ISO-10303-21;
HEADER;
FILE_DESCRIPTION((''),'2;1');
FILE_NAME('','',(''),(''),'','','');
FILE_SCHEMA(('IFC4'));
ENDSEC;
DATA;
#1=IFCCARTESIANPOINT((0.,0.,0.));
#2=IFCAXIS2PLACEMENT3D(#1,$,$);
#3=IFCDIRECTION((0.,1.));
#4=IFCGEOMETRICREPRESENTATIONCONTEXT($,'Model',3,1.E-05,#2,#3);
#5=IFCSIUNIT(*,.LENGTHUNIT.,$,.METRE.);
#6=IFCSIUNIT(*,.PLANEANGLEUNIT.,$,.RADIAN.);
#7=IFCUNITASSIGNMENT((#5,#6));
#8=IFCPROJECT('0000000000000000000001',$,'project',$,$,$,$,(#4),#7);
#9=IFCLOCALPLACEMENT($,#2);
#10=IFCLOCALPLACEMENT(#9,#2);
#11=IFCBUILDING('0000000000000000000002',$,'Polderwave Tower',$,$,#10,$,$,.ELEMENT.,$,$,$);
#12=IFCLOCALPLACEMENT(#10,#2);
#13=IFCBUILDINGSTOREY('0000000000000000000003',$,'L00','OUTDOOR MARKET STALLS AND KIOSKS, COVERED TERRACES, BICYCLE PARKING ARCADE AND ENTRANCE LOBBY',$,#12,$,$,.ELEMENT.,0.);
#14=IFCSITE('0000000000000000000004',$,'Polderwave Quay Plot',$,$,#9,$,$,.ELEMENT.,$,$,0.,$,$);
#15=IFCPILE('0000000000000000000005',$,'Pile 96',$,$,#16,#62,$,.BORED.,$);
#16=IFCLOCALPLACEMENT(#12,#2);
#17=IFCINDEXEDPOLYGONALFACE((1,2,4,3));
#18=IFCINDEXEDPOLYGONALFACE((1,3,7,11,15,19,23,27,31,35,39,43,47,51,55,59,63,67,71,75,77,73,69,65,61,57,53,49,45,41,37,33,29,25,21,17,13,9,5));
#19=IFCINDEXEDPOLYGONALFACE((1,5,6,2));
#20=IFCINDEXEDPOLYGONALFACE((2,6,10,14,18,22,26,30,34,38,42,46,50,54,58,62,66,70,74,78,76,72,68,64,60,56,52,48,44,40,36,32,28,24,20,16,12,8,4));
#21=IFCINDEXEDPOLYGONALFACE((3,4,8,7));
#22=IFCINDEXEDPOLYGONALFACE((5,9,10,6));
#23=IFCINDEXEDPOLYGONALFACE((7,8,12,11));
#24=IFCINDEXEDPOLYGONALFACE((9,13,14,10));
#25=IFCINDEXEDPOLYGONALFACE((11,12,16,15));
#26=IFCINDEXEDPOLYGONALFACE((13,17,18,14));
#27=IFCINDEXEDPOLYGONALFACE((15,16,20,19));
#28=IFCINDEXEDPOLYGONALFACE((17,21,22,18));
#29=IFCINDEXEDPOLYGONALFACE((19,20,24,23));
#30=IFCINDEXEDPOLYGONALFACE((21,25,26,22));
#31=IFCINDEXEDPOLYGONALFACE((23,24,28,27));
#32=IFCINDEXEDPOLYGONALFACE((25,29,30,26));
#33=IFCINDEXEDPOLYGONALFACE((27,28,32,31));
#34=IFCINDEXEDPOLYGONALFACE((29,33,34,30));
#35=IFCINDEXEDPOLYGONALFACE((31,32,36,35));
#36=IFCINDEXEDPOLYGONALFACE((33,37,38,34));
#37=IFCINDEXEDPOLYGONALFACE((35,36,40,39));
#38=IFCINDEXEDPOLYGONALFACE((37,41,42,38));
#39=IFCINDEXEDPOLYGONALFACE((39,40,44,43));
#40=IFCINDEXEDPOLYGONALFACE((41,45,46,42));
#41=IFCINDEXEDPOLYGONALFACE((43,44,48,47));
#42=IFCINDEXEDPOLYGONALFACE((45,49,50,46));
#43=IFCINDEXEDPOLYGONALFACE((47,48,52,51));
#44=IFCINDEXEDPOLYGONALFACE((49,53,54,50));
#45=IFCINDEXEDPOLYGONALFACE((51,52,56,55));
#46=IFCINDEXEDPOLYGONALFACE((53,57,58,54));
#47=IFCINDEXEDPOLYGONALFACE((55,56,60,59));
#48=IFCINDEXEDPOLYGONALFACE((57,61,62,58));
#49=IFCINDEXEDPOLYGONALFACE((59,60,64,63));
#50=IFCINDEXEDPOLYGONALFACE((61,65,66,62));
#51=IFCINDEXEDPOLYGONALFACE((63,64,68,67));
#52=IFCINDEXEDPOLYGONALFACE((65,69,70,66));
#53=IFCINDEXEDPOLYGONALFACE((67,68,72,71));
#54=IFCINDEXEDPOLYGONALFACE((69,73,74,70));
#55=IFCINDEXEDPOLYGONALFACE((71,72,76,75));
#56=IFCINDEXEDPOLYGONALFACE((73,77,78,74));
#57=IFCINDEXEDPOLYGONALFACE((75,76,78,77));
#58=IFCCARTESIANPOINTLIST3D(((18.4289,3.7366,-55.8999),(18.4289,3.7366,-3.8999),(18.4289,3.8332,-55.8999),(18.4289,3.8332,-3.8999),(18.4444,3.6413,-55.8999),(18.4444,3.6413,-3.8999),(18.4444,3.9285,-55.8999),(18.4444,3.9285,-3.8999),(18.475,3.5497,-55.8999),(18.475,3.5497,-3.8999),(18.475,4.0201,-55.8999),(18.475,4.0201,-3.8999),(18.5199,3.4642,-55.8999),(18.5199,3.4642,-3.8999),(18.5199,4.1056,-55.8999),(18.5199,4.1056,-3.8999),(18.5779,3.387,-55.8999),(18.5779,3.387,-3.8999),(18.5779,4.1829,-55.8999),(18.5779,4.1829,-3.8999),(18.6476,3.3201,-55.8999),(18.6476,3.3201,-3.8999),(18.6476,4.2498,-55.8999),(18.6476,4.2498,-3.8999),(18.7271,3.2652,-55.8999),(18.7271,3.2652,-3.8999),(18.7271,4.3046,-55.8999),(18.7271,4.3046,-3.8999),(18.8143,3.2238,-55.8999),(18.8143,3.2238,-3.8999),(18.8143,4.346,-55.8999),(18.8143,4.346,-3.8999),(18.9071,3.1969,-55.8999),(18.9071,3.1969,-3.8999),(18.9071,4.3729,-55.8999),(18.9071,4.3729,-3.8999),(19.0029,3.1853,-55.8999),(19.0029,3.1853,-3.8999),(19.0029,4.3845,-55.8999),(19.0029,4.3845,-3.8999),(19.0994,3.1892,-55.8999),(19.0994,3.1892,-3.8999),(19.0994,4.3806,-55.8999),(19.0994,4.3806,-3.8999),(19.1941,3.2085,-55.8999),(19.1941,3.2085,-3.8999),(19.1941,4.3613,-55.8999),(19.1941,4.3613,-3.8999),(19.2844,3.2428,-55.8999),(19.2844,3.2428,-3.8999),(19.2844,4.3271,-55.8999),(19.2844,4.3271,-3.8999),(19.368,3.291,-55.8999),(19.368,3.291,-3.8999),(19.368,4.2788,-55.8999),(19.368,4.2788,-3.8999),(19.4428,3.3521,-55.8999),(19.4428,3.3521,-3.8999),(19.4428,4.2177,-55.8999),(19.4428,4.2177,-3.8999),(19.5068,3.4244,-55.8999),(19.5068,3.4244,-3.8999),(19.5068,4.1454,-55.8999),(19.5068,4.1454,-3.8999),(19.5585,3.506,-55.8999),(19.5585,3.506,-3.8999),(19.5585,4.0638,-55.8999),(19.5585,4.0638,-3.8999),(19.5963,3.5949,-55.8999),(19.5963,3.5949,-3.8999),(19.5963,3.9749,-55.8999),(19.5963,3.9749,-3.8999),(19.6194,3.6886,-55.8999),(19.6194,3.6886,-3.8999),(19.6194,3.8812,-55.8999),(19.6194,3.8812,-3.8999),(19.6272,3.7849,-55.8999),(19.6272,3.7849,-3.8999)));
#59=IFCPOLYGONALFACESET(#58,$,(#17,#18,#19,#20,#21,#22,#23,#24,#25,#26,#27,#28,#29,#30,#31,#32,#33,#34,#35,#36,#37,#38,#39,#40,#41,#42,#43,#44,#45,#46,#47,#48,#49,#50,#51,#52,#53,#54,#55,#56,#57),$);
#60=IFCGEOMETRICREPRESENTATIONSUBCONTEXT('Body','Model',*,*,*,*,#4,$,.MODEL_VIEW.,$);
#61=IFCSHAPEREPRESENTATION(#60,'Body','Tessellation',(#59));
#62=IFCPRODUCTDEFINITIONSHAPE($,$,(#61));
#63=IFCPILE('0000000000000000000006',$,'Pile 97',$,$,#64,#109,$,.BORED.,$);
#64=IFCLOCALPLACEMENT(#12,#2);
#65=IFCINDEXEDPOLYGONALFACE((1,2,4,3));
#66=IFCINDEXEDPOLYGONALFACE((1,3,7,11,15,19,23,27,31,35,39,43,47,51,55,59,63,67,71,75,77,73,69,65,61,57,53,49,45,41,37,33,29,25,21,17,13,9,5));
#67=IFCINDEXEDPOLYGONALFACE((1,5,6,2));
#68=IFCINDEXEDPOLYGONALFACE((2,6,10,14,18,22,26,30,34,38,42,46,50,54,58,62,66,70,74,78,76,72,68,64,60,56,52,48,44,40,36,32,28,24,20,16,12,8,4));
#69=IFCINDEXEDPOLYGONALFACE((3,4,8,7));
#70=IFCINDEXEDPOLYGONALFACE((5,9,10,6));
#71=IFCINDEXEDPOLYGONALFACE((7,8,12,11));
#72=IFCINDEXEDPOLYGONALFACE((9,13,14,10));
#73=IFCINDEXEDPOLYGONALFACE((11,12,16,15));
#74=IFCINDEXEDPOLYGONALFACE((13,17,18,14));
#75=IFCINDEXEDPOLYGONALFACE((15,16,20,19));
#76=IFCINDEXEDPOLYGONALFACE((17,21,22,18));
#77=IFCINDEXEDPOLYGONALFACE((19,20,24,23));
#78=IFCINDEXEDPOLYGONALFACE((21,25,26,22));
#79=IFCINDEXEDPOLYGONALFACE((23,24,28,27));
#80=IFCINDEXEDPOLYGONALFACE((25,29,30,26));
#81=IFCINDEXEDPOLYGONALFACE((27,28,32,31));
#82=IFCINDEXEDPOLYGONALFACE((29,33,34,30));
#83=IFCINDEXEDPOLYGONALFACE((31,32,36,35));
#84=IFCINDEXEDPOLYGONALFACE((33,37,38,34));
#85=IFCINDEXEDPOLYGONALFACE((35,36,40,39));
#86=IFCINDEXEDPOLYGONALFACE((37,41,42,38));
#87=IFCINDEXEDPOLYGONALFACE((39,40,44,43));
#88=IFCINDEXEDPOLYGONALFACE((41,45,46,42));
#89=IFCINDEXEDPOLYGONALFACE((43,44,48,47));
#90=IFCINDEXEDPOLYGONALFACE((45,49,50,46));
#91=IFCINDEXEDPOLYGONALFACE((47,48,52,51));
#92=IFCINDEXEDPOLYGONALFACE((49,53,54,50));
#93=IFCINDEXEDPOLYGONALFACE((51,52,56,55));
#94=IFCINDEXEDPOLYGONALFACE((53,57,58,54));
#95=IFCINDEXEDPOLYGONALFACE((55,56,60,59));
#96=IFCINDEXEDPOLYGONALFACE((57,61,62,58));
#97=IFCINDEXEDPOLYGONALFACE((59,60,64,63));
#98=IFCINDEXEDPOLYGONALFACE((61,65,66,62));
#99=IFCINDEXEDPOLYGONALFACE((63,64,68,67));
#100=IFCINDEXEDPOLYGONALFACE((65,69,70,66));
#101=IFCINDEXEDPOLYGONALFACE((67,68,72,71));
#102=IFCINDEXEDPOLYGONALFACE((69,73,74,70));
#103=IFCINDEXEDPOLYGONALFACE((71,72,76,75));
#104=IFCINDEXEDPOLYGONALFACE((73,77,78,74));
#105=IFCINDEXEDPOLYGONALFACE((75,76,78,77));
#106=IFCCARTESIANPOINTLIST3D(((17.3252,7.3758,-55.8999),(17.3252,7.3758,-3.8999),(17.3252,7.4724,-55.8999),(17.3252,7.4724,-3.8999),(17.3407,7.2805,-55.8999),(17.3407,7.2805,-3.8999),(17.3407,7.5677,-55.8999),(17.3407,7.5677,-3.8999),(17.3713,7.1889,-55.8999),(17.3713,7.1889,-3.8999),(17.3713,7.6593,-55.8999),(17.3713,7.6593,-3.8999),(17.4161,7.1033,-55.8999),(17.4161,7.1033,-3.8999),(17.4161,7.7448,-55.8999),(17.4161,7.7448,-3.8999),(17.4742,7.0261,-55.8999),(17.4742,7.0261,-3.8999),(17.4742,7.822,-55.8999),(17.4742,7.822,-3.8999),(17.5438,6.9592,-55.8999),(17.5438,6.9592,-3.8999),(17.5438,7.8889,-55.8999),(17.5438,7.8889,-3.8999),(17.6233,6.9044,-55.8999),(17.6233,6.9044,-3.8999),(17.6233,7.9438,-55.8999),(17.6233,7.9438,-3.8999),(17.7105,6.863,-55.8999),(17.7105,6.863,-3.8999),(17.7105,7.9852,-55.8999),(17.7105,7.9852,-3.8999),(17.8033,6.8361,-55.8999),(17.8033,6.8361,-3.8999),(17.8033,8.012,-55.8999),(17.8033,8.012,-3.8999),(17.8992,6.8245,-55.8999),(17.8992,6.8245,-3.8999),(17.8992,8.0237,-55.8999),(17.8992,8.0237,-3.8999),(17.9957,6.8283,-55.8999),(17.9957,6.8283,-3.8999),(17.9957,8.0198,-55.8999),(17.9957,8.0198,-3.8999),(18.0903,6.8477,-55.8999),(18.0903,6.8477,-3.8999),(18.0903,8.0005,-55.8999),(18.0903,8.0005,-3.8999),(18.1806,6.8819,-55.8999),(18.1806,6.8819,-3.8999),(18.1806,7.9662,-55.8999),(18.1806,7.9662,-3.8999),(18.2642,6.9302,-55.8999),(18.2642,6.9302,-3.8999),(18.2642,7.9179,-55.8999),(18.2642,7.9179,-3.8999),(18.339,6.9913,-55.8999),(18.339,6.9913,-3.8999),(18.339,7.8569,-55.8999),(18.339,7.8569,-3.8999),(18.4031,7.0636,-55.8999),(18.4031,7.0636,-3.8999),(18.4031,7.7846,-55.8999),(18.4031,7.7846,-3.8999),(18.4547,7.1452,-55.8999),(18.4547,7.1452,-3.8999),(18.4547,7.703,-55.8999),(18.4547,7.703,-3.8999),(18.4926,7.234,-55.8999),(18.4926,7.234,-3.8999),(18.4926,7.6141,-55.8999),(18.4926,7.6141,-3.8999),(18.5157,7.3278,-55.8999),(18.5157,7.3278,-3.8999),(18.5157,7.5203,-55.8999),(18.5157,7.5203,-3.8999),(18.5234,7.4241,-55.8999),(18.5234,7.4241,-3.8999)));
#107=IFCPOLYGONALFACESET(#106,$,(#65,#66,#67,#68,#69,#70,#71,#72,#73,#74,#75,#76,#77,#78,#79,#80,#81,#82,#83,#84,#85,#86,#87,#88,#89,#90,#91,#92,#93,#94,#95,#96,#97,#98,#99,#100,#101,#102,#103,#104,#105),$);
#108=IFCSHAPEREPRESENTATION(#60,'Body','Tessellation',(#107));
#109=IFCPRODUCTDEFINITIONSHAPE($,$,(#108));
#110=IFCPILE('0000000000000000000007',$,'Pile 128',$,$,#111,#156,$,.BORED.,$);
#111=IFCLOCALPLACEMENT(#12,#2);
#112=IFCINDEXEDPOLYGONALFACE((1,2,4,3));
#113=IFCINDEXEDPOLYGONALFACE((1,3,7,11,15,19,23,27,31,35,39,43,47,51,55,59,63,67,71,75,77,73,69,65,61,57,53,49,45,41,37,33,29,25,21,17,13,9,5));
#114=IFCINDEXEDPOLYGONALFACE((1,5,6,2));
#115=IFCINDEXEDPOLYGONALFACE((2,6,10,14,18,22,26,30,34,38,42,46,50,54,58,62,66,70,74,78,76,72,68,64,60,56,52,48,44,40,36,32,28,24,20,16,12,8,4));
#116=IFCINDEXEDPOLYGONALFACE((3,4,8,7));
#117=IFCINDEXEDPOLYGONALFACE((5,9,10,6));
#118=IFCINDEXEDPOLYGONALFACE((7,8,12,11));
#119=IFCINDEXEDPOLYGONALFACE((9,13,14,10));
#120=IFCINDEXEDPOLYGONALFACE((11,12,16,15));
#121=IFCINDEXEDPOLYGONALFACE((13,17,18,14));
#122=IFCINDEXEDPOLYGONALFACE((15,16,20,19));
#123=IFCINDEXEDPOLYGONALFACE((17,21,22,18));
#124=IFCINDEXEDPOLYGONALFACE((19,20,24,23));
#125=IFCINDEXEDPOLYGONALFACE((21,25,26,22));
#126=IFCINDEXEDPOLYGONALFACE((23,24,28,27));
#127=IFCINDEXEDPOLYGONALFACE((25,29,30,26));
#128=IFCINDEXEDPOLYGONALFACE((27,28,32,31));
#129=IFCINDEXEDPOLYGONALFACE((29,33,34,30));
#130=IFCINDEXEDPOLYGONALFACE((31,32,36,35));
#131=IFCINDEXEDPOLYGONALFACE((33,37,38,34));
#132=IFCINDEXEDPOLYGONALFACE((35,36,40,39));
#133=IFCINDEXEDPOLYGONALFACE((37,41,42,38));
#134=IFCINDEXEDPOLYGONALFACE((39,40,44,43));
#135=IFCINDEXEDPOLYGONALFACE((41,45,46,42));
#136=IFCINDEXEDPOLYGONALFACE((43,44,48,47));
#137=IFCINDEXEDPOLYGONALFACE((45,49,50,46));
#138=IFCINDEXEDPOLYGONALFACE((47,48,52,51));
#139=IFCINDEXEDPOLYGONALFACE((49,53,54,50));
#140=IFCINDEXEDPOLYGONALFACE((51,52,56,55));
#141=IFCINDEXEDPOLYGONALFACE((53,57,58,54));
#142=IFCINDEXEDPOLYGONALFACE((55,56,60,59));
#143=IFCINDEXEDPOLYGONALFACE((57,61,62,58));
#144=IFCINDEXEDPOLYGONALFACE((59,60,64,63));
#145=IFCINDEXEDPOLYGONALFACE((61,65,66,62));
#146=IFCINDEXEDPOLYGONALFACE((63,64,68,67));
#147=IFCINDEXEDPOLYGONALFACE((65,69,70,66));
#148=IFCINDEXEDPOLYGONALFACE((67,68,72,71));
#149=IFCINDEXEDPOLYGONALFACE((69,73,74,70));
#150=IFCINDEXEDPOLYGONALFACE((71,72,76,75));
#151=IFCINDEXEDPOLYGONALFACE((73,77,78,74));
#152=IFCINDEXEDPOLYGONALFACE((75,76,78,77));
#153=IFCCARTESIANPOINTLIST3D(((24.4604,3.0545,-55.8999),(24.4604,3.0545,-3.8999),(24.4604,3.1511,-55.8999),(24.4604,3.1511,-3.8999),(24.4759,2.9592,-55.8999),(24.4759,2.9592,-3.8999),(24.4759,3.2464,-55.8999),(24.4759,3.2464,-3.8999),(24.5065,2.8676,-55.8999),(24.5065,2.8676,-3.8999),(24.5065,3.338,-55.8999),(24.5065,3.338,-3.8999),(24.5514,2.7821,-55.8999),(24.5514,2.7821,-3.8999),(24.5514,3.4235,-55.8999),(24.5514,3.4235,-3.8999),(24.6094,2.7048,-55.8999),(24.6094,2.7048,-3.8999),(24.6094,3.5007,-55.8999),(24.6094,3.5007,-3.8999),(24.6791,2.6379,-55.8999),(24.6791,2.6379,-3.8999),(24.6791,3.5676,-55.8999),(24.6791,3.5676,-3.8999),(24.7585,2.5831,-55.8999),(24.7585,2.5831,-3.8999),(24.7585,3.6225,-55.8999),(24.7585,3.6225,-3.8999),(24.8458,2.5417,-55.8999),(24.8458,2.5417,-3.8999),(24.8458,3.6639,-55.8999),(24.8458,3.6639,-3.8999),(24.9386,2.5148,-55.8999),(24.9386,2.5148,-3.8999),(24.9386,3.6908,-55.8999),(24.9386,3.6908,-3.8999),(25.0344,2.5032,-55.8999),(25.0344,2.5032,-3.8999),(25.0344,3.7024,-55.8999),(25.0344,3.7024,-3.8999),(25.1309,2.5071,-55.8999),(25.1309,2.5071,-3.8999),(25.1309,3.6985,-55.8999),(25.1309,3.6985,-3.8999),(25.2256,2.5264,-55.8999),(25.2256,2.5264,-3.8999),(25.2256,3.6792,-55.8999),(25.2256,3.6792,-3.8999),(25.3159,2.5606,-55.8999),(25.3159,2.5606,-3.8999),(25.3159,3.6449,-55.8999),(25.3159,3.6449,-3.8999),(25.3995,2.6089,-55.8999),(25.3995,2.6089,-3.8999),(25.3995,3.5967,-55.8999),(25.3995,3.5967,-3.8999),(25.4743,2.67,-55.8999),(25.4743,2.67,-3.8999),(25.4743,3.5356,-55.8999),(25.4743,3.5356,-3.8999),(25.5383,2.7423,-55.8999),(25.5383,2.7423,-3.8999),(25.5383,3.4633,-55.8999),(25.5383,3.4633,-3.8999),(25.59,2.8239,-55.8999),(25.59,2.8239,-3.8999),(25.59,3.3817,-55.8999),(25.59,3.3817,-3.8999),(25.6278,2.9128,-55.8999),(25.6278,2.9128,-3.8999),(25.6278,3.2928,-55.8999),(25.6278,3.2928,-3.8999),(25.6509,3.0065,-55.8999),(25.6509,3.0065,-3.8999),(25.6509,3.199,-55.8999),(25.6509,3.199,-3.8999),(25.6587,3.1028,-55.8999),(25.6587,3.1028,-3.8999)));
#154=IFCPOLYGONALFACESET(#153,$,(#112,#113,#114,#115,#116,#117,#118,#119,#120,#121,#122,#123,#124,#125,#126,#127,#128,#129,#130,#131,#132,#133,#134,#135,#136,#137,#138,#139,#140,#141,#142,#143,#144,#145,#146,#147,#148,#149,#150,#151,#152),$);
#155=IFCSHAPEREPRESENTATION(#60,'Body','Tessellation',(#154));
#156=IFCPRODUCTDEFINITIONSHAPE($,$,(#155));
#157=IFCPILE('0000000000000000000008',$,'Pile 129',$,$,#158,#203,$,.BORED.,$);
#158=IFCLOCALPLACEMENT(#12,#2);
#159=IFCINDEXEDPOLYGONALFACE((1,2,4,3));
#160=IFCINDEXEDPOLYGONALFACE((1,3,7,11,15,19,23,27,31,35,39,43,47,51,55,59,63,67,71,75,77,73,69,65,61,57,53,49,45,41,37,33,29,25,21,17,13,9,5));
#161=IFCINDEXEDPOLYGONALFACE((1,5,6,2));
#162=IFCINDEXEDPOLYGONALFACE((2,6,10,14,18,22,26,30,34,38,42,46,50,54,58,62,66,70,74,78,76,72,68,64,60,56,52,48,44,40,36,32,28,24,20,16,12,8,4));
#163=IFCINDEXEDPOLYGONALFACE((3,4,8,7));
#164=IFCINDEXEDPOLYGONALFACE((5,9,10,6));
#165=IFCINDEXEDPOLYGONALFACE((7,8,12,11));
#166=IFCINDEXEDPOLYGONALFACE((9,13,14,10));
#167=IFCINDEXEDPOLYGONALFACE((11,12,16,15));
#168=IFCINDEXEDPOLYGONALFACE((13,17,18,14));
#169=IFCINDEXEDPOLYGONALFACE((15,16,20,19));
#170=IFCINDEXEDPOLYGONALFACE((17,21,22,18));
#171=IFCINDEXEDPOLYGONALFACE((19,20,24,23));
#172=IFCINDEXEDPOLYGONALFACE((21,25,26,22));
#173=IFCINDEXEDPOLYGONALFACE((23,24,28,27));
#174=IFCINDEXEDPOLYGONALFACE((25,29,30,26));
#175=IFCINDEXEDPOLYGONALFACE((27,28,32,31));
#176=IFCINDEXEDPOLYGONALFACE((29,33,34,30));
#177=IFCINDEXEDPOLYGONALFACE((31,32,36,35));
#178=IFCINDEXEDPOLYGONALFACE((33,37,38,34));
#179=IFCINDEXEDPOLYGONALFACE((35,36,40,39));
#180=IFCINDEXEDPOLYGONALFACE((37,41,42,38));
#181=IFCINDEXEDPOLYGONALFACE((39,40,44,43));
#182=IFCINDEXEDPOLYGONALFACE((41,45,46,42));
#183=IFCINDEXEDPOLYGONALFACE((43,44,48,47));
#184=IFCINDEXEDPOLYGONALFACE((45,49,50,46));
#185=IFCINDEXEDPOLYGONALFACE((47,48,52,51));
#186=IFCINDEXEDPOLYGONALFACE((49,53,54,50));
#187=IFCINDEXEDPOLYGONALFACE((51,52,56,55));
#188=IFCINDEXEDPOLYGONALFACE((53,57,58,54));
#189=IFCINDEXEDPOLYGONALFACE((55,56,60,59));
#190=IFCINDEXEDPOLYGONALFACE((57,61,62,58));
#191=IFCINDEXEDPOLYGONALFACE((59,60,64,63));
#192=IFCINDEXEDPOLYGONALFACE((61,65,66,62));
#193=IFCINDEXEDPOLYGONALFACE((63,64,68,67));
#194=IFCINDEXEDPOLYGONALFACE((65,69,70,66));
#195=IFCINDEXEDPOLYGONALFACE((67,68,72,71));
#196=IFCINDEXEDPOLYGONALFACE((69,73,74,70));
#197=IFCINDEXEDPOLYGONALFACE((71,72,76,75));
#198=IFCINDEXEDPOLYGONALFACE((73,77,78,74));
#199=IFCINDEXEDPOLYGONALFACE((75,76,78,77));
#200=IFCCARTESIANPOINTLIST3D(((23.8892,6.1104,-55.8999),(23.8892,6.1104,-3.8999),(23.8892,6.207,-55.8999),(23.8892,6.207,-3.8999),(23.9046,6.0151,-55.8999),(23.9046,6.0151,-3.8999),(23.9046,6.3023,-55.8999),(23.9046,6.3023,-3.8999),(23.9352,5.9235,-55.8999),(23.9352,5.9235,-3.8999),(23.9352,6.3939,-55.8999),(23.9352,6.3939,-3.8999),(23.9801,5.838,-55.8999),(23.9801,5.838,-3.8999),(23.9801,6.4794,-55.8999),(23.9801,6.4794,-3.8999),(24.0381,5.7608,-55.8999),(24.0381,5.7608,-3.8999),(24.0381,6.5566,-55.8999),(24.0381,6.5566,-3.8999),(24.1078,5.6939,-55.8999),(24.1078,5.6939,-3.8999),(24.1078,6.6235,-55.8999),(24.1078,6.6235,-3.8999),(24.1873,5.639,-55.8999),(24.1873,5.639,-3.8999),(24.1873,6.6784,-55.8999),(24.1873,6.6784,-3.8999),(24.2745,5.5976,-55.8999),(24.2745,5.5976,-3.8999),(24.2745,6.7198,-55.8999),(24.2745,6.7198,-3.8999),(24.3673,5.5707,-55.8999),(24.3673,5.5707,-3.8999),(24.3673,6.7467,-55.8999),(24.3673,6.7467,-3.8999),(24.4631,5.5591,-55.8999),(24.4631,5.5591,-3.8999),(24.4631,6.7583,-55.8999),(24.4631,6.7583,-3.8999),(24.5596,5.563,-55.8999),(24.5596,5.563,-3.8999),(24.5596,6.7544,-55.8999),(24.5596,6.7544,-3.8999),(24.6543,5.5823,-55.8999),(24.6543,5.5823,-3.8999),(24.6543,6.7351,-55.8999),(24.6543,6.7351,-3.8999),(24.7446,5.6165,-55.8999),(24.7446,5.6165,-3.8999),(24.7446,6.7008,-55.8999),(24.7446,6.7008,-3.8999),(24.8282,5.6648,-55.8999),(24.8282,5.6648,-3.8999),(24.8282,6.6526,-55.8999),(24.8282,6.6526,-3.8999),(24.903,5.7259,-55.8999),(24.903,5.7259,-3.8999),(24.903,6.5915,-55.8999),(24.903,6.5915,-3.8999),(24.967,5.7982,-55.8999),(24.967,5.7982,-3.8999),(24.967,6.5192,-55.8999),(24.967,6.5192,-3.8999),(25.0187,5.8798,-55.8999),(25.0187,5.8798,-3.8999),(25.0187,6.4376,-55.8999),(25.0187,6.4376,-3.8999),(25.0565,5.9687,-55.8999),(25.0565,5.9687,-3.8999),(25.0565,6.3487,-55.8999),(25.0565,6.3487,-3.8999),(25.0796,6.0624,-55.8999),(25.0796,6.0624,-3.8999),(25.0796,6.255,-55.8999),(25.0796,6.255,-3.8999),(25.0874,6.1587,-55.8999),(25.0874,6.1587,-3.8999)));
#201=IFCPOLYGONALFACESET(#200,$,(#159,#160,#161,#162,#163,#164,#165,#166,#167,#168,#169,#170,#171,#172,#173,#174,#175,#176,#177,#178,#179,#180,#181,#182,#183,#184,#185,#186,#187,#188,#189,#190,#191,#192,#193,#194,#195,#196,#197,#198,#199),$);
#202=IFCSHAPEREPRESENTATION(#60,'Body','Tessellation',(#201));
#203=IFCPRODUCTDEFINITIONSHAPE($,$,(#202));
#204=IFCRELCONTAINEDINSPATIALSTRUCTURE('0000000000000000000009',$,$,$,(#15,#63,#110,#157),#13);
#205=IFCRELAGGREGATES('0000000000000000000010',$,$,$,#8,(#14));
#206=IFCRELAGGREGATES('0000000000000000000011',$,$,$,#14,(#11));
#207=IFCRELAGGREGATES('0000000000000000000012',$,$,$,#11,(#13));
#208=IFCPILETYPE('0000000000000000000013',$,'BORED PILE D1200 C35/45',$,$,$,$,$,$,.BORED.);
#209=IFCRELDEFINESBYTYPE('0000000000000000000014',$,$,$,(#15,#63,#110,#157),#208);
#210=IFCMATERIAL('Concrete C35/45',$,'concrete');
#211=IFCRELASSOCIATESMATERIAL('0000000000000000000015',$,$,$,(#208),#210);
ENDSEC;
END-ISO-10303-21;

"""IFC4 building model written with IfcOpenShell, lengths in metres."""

from ifc_helpers import new_model, si_unit, direction, frame, origin, origin_2d, place, context, subcontext, project, spatial, circle, extrude, material, material_profile, profile_set, type_object, element, save


model = new_model("IFC4")

# Units and contexts
model_context = context("Model", 3, precision=1e-05, world=origin(), true_north=direction((0.0, 1.0)))
body_context = subcontext(model_context, "Body", "Model", "MODEL_VIEW")
ifc_project = project(units=[si_unit("LENGTHUNIT", "METRE"), si_unit("PLANEANGLEUNIT", "RADIAN")], contexts=[model_context])

# Site, building, storey
site_placement = place(None, origin())
site = spatial("IfcSite", under=ifc_project, at=site_placement, Name="Polderwave Quay Plot", CompositionType="ELEMENT", RefElevation=0.0)
building_placement = place(site_placement, origin())
building = spatial("IfcBuilding", under=site, at=building_placement, Name="Polderwave Tower", CompositionType="ELEMENT")
storey_placement = place(building_placement, origin())
storey = spatial("IfcBuildingStorey", under=building, at=storey_placement, Name="L00", Description="OUTDOOR MARKET STALLS AND KIOSKS, COVERED TERRACES, BICYCLE PARKING ARCADE AND ENTRANCE LOBBY", CompositionType="ELEMENT", Elevation=0.0)

# Piles
ifc_material_1 = material(Name="Concrete C35/45", Category="concrete")
ifc_material_profile_1 = material_profile(ifc_material_1, circle(Radius=0.6001, at=origin_2d()), Name="BORED D1200")
ifc_profile_set_1 = profile_set([ifc_material_profile_1], Name="Concrete C35/45")
pile_type = type_object("IfcPileType", Name="BORED PILE D1200 C35/45", PredefinedType="BORED", material=ifc_profile_set_1)
for number, where, z_axis, x_axis, name in (
    (1, (19.0271, 3.7849, -3.8999), (0.0, 0.0, -1.0), (1.0, 0.0, 0.0), "Pile 96"),
    (2, (17.9233, 7.4241, -3.8999), (0.0, 0.0, -1.0), (1.0, 0.0, 0.0), "Pile 97"),
    (3, (25.0586, 3.1028, -3.8999), (0.0, 0.0, -1.0), (1.0, 0.0, 0.0), "Pile 128"),
    (4, (24.4873, 6.1587, -3.8999), (0.0, 0.0, -1.0), (1.0, 0.0, 0.0), "Pile 129"),
):
    element("IfcPile", number, at=place(storey_placement, frame(where, z_axis=z_axis, x_axis=x_axis)), inside=storey, type_object=pile_type, Name=name, PredefinedType="BORED", context=body_context, shape_type="SweptSolid", body=[
        extrude(circle(Radius=0.6001, at=origin_2d()), origin(), (0.0, 0.0, 1.0), 52.0),
    ])

save(model, "model.ifc")
